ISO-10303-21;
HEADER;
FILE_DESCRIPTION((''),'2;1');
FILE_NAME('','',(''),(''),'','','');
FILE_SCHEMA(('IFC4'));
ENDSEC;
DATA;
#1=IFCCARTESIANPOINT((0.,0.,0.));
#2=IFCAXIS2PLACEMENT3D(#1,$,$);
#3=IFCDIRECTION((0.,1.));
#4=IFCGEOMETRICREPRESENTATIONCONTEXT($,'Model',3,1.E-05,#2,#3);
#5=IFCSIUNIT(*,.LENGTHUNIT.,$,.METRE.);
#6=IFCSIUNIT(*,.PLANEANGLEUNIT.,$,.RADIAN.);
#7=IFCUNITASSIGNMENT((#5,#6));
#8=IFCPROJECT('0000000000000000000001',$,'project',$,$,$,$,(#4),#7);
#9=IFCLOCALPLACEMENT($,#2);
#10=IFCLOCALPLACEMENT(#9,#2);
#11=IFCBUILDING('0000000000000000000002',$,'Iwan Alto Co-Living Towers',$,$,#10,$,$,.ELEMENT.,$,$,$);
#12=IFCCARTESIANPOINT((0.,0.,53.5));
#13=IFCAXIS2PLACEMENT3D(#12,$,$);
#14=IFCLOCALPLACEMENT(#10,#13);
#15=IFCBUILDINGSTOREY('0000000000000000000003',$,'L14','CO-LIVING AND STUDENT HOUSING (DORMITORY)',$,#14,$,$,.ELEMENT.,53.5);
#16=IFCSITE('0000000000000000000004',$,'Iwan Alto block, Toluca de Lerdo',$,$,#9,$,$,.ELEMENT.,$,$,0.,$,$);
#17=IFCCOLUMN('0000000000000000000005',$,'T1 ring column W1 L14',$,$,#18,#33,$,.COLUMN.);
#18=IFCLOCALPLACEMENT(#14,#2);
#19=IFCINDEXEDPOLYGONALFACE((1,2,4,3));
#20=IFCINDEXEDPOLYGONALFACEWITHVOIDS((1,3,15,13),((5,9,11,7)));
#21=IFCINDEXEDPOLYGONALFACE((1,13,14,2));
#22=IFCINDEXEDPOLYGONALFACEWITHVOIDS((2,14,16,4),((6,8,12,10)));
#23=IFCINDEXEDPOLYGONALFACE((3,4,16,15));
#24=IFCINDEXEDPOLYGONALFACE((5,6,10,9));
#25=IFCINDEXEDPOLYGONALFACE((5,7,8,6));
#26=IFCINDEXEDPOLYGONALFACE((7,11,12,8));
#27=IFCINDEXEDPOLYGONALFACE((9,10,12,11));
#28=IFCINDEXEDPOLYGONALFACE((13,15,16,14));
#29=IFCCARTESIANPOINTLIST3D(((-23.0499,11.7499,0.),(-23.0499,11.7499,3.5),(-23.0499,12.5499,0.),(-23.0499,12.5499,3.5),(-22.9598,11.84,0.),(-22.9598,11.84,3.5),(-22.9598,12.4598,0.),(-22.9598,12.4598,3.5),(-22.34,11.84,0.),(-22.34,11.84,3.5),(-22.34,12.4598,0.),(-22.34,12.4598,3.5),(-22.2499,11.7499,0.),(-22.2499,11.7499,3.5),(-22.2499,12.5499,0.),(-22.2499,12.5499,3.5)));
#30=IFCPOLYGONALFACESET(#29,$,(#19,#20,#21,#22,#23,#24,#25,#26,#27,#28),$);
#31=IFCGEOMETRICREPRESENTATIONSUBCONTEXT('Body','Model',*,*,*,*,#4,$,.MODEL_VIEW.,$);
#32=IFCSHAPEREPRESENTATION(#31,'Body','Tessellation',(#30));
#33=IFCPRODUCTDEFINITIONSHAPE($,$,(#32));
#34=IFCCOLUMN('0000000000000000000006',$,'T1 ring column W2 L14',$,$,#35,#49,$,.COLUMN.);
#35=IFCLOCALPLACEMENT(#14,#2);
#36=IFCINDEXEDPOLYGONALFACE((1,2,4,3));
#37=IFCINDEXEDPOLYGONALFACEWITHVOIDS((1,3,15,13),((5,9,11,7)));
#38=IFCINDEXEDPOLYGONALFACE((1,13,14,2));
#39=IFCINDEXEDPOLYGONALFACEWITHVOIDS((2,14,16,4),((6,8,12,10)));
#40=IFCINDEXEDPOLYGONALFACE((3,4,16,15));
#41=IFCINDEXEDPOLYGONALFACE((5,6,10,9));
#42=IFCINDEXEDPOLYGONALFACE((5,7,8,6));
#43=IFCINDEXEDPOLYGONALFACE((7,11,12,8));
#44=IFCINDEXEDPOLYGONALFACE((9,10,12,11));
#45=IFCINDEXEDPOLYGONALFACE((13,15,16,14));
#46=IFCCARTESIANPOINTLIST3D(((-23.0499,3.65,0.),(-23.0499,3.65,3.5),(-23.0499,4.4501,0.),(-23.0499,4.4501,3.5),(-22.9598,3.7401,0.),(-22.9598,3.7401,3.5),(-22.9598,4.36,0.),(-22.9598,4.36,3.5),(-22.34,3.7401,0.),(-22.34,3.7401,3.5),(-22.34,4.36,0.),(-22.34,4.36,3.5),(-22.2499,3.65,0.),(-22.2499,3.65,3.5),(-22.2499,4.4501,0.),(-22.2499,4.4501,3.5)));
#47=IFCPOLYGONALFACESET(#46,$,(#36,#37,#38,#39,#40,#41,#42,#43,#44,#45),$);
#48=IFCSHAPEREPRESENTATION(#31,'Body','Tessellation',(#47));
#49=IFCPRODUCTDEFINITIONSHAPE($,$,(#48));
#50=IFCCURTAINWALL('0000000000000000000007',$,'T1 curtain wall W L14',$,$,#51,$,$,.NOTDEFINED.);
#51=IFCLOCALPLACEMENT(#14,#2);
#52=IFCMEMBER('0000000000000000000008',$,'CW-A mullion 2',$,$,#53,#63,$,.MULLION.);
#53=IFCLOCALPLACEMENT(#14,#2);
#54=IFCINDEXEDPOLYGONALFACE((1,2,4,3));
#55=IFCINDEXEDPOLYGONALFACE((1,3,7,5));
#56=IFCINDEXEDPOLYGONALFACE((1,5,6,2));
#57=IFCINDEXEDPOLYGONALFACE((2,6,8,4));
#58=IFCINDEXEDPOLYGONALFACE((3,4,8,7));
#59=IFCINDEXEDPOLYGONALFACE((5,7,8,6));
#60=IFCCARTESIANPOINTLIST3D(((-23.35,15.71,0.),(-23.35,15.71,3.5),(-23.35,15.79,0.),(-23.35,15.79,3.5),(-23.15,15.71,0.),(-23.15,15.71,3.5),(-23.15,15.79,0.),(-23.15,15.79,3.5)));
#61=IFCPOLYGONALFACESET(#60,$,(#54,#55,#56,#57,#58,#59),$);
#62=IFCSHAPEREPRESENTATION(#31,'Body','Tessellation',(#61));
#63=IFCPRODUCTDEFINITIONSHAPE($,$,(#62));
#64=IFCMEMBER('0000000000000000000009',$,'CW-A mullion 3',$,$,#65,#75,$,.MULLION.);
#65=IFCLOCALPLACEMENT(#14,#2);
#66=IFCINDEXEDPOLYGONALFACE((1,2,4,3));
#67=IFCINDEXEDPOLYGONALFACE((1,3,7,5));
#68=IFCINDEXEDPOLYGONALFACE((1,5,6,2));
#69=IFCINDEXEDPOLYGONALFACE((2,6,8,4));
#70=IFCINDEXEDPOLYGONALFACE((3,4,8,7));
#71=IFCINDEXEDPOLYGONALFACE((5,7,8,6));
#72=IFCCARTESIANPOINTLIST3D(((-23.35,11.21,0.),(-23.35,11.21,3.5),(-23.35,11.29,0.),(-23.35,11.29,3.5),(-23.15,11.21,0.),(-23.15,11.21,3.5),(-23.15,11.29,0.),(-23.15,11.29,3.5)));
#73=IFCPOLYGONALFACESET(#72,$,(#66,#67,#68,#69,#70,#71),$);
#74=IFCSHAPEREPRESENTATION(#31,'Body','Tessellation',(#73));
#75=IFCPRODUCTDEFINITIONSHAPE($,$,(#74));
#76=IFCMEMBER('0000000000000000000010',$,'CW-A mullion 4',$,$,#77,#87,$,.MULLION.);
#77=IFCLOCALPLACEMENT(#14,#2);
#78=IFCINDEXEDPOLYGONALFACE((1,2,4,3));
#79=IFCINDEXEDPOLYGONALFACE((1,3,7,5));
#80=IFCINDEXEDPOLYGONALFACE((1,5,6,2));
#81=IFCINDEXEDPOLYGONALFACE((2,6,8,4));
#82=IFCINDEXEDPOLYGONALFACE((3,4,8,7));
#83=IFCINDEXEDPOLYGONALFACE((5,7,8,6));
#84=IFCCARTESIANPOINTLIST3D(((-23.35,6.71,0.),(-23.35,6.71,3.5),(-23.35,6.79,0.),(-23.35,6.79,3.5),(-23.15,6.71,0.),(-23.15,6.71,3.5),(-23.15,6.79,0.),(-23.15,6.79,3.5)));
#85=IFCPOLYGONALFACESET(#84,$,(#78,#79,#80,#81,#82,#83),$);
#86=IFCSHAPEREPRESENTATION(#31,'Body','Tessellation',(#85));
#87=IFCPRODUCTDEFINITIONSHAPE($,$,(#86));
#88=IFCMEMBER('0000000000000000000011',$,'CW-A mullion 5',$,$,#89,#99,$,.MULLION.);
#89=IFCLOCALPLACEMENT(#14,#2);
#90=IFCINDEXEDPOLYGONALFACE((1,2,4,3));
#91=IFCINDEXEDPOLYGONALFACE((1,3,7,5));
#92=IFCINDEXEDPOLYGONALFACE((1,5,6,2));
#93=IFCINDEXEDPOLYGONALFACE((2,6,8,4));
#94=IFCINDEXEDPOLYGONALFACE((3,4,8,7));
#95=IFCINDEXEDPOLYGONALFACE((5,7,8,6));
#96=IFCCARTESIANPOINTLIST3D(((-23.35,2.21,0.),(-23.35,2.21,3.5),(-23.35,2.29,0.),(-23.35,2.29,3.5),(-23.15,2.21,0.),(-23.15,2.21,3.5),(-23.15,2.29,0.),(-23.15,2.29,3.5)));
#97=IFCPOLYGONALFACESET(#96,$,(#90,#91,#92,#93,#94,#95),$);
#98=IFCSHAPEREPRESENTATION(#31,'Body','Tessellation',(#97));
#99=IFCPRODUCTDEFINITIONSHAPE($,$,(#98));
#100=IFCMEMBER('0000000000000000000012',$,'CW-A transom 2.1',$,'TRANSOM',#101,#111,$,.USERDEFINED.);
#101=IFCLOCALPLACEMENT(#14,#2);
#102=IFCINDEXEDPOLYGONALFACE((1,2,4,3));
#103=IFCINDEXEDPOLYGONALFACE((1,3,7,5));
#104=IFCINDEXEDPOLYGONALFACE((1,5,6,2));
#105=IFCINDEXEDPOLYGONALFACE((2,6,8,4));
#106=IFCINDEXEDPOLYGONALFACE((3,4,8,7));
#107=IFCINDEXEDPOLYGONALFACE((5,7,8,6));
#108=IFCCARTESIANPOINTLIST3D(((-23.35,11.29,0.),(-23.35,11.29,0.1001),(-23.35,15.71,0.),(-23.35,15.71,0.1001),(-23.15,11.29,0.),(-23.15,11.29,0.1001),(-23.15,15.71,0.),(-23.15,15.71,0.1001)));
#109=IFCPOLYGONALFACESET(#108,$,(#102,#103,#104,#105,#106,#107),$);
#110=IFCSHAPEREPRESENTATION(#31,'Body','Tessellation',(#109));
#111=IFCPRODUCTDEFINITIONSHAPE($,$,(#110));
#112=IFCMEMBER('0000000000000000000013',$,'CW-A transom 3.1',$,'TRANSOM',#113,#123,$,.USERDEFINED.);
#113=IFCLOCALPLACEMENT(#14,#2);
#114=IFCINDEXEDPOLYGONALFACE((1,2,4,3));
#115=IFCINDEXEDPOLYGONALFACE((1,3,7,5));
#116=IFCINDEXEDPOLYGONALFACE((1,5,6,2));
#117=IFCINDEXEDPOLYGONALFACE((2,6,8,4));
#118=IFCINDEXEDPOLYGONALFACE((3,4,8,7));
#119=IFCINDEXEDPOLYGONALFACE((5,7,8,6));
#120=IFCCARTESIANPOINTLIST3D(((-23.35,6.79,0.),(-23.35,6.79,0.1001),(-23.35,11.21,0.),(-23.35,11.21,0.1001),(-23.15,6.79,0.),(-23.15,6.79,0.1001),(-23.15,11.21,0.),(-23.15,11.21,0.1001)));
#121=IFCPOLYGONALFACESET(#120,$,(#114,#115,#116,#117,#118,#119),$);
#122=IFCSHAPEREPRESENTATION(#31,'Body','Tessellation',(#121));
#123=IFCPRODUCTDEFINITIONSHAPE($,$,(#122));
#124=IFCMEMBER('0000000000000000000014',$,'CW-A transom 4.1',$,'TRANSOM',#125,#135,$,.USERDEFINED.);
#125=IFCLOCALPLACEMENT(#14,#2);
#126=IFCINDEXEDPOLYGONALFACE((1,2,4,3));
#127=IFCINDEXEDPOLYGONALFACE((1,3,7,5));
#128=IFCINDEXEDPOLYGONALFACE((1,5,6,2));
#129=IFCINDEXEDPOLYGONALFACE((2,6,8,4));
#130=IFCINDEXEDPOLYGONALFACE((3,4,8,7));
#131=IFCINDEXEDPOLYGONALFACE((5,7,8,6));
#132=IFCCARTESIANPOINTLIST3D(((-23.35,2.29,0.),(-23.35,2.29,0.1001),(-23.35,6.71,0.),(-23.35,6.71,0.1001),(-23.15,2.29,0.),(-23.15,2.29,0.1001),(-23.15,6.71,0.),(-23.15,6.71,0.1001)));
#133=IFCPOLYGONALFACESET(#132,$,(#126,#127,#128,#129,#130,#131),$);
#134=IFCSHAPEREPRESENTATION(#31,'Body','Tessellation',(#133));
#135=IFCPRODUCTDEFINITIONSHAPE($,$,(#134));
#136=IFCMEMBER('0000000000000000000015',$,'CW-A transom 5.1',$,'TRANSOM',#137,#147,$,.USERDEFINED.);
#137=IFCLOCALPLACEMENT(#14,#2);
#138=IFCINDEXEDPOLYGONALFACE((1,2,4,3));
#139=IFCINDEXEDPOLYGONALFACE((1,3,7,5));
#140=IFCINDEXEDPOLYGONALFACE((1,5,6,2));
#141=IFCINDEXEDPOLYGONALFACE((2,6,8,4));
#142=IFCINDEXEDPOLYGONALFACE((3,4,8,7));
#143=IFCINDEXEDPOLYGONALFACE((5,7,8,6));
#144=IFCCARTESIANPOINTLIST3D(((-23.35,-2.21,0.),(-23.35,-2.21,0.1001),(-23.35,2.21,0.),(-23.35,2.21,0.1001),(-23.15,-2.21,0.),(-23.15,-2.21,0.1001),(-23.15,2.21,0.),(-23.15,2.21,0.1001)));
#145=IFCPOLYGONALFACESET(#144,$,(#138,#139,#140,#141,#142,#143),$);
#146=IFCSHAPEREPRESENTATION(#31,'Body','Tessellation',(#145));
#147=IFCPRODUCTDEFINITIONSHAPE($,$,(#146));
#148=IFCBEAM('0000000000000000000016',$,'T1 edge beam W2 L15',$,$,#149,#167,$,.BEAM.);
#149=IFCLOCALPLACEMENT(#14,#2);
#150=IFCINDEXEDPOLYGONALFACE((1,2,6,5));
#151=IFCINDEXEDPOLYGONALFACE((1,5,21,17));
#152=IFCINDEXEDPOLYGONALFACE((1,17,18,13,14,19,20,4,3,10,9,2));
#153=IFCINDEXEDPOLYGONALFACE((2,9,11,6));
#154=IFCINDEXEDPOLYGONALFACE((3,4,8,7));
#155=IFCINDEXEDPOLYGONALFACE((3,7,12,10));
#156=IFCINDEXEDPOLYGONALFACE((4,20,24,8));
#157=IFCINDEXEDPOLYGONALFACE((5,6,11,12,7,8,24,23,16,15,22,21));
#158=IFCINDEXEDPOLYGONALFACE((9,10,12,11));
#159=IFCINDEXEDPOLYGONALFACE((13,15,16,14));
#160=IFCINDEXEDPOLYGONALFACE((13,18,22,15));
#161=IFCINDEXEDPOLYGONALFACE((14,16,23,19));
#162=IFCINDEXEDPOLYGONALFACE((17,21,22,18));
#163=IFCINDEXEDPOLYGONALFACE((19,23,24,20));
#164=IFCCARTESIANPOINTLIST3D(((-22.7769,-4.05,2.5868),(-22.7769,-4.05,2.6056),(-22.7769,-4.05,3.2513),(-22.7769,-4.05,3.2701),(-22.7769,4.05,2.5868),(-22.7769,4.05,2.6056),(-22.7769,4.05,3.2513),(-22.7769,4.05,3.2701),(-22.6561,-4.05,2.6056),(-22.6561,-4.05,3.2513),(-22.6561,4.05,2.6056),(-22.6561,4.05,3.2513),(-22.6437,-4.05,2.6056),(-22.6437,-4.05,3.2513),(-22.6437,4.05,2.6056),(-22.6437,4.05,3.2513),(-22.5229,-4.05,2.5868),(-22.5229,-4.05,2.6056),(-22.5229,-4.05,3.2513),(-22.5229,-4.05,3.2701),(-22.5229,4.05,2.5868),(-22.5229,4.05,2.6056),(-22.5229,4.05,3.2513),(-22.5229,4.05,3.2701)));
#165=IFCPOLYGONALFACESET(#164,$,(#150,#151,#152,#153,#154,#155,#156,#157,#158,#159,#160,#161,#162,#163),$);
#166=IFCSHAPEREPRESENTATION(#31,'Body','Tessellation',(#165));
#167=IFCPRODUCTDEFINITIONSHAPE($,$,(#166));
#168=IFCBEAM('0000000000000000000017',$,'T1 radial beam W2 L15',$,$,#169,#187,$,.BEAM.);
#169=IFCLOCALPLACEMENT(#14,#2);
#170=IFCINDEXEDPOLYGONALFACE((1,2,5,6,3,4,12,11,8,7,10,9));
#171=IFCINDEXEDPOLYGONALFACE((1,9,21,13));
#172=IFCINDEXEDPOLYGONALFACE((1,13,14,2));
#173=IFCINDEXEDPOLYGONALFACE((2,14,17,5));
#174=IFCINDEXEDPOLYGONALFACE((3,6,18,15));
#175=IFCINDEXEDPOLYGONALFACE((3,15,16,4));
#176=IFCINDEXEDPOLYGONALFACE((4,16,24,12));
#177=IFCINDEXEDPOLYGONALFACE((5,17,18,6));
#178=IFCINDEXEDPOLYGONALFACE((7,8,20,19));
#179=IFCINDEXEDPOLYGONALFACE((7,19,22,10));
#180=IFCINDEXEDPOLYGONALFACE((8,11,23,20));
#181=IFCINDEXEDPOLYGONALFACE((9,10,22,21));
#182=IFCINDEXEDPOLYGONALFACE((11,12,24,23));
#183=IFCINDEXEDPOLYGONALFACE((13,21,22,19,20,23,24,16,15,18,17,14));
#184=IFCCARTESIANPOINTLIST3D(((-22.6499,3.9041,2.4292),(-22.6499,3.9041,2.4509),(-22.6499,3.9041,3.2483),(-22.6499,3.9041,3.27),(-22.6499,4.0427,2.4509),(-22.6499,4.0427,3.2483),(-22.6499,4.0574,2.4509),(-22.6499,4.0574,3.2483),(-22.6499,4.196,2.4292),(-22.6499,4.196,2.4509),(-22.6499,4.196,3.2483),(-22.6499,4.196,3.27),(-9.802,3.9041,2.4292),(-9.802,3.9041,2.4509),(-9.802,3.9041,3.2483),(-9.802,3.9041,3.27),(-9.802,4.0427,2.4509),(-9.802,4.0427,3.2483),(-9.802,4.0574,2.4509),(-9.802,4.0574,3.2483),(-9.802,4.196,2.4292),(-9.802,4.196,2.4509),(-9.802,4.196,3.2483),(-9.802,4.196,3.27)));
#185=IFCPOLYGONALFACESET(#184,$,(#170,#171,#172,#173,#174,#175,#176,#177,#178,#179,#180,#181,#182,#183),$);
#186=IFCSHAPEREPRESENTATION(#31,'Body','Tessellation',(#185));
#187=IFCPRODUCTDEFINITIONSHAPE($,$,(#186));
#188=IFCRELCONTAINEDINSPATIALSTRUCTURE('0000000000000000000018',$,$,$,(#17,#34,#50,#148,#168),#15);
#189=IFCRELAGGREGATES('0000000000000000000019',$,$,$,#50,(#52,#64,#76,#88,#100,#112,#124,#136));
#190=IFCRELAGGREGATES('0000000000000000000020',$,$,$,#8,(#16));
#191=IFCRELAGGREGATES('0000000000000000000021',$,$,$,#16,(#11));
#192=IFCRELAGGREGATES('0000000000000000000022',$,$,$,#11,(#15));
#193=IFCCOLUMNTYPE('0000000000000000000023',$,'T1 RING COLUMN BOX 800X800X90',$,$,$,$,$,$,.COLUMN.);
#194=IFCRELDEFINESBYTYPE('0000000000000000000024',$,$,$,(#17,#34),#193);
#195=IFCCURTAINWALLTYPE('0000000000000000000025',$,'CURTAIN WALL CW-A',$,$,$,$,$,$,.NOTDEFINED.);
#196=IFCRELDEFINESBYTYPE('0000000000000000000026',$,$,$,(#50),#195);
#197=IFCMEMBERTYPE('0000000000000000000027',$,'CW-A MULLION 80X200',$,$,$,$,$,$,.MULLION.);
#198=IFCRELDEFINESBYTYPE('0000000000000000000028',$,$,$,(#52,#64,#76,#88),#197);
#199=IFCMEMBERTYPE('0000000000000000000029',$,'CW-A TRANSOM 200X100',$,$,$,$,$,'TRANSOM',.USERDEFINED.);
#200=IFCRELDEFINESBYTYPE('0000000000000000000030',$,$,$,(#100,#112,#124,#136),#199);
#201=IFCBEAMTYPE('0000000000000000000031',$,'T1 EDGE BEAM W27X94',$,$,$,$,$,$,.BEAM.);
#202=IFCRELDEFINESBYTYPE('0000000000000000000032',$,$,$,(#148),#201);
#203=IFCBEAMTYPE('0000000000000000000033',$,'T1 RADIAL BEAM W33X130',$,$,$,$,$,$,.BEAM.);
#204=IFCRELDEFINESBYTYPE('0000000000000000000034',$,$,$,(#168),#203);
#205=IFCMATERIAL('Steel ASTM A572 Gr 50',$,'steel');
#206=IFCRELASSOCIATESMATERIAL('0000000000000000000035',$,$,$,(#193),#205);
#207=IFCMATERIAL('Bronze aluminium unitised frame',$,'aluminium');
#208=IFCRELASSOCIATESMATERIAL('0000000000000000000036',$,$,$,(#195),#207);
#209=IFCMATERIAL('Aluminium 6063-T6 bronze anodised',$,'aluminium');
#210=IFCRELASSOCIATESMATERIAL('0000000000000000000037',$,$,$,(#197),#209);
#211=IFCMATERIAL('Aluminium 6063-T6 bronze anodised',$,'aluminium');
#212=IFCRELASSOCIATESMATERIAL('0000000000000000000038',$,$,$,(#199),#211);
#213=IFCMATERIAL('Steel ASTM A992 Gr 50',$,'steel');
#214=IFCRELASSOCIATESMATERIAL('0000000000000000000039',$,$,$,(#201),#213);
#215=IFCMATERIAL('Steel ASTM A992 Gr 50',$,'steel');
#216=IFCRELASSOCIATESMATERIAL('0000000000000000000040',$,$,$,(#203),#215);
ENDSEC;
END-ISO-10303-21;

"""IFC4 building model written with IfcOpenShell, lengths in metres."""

from ifc_helpers import new_model, si_unit, direction, frame, origin, origin_2d, place, context, subcontext, project, spatial, rectangle, hollow_rectangle, i_section, extrude, material, material_profile, profile_set, type_object, element, aggregate, save


model = new_model("IFC4")

# Units and contexts
model_context = context("Model", 3, precision=1e-05, world=origin(), true_north=direction((0.0, 1.0)))
body_context = subcontext(model_context, "Body", "Model", "MODEL_VIEW")
ifc_project = project(units=[si_unit("LENGTHUNIT", "METRE"), si_unit("PLANEANGLEUNIT", "RADIAN")], contexts=[model_context])

# Site, building, storey
site_placement = place(None, origin())
site = spatial("IfcSite", under=ifc_project, at=site_placement, Name="Iwan Alto block, Toluca de Lerdo", CompositionType="ELEMENT", RefElevation=0.0)
building_placement = place(site_placement, origin())
building = spatial("IfcBuilding", under=site, at=building_placement, Name="Iwan Alto Co-Living Towers", CompositionType="ELEMENT")
storey_placement = place(building_placement, frame((0.0, 0.0, 53.5)))
storey = spatial("IfcBuildingStorey", under=building, at=storey_placement, Name="L14", Description="CO-LIVING AND STUDENT HOUSING (DORMITORY)", CompositionType="ELEMENT", Elevation=53.5)

# Columns
ifc_material_1 = material(Name="Steel ASTM A572 Gr 50", Category="steel")
ifc_material_profile_1 = material_profile(ifc_material_1, hollow_rectangle(XDim=0.8, YDim=0.8, WallThickness=0.0901, at=origin_2d()), Name="BOX 800X800X90")
ifc_profile_set_1 = profile_set([ifc_material_profile_1], Name="Steel ASTM A572 Gr 50")
column_type = type_object("IfcColumnType", Name="T1 RING COLUMN BOX 800X800X90", PredefinedType="COLUMN", material=ifc_profile_set_1)
for number, where, z_axis, x_axis, name in (
    (1, (-22.6499, 12.1499, 0.0), (0.0, 0.0, 1.0), (1.0, 0.0, 0.0), "T1 ring column W1 L14"),
    (2, (-22.6499, 4.05, 0.0), (0.0, 0.0, 1.0), (1.0, 0.0, 0.0), "T1 ring column W2 L14"),
):
    element("IfcColumn", number, at=place(storey_placement, frame(where, z_axis=z_axis, x_axis=x_axis)), inside=storey, type_object=column_type, Name=name, PredefinedType="COLUMN", context=body_context, shape_type="SweptSolid", body=[
        extrude(hollow_rectangle(XDim=0.8, YDim=0.8, WallThickness=0.0901, at=origin_2d()), origin(), (0.0, 0.0, 1.0), 3.5),
    ])

# Curtain wall, members
ifc_material_2 = material(Name="Bronze aluminium unitised frame", Category="aluminium")
curtain_wall_type = type_object("IfcCurtainWallType", Name="CURTAIN WALL CW-A", PredefinedType="NOTDEFINED", material=ifc_material_2)
curtain_wall_placement = place(storey_placement, origin())
curtain_wall = element("IfcCurtainWall", 3, at=curtain_wall_placement, inside=storey, type_object=curtain_wall_type, Name="T1 curtain wall W L14", PredefinedType="NOTDEFINED")
ifc_material_3 = material(Name="Aluminium 6063-T6 bronze anodised", Category="aluminium")
ifc_material_profile_2 = material_profile(ifc_material_3, rectangle(XDim=0.2, YDim=0.0801, at=origin_2d()), Name="AL 80X200")
ifc_profile_set_2 = profile_set([ifc_material_profile_2], Name="Aluminium 6063-T6 bronze anodised")
member_type_1 = type_object("IfcMemberType", Name="CW-A MULLION 80X200", PredefinedType="MULLION", material=ifc_profile_set_2)
member_1_placement = place(storey_placement, frame((-23.25, 15.75, 0.0), z_axis=(0.0, 0.0, 1.0), x_axis=(1.0, 0.0, 0.0)))
member_1 = element("IfcMember", 4, at=member_1_placement, type_object=member_type_1, Name="CW-A mullion 2", PredefinedType="MULLION", context=body_context, shape_type="SweptSolid", body=[
    extrude(rectangle(XDim=0.2, YDim=0.0801, at=origin_2d()), origin(), (0.0, 0.0, 1.0), 3.5),
])
member_2_placement = place(storey_placement, frame((-23.25, 11.25, 0.0), z_axis=(0.0, 0.0, 1.0), x_axis=(1.0, 0.0, 0.0)))
member_2 = element("IfcMember", 5, at=member_2_placement, type_object=member_type_1, Name="CW-A mullion 3", PredefinedType="MULLION", context=body_context, shape_type="SweptSolid", body=[
    extrude(rectangle(XDim=0.2, YDim=0.0801, at=origin_2d()), origin(), (0.0, 0.0, 1.0), 3.5),
])
member_3_placement = place(storey_placement, frame((-23.25, 6.75, 0.0), z_axis=(0.0, 0.0, 1.0), x_axis=(1.0, 0.0, 0.0)))
member_3 = element("IfcMember", 6, at=member_3_placement, type_object=member_type_1, Name="CW-A mullion 4", PredefinedType="MULLION", context=body_context, shape_type="SweptSolid", body=[
    extrude(rectangle(XDim=0.2, YDim=0.0801, at=origin_2d()), origin(), (0.0, 0.0, 1.0), 3.5),
])
member_4_placement = place(storey_placement, frame((-23.25, 2.25, 0.0), z_axis=(0.0, 0.0, 1.0), x_axis=(1.0, 0.0, 0.0)))
member_4 = element("IfcMember", 7, at=member_4_placement, type_object=member_type_1, Name="CW-A mullion 5", PredefinedType="MULLION", context=body_context, shape_type="SweptSolid", body=[
    extrude(rectangle(XDim=0.2, YDim=0.0801, at=origin_2d()), origin(), (0.0, 0.0, 1.0), 3.5),
])
ifc_material_4 = material(Name="Aluminium 6063-T6 bronze anodised", Category="aluminium")
ifc_material_profile_3 = material_profile(ifc_material_4, rectangle(XDim=0.2, YDim=0.1001, at=origin_2d()), Name="AL 200X100")
ifc_profile_set_3 = profile_set([ifc_material_profile_3], Name="Aluminium 6063-T6 bronze anodised")
member_type_2 = type_object("IfcMemberType", Name="CW-A TRANSOM 200X100", ElementType="TRANSOM", PredefinedType="USERDEFINED", material=ifc_profile_set_3)
member_5_placement = place(storey_placement, frame((-23.25, 15.71, 0.05), z_axis=(0.0, -1.0, 0.0), x_axis=(1.0, 0.0, 0.0)))
member_5 = element("IfcMember", 8, at=member_5_placement, type_object=member_type_2, Name="CW-A transom 2.1", ObjectType="TRANSOM", PredefinedType="USERDEFINED", context=body_context, shape_type="SweptSolid", body=[
    extrude(rectangle(XDim=0.2, YDim=0.1001, at=origin_2d()), origin(), (0.0, 0.0, 1.0), 4.4199),
])
member_6_placement = place(storey_placement, frame((-23.25, 11.21, 0.05), z_axis=(0.0, -1.0, 0.0), x_axis=(1.0, 0.0, 0.0)))
member_6 = element("IfcMember", 9, at=member_6_placement, type_object=member_type_2, Name="CW-A transom 3.1", ObjectType="TRANSOM", PredefinedType="USERDEFINED", context=body_context, shape_type="SweptSolid", body=[
    extrude(rectangle(XDim=0.2, YDim=0.1001, at=origin_2d()), origin(), (0.0, 0.0, 1.0), 4.4199),
])
member_7_placement = place(storey_placement, frame((-23.25, 6.71, 0.05), z_axis=(0.0, -1.0, 0.0), x_axis=(1.0, 0.0, 0.0)))
member_7 = element("IfcMember", 10, at=member_7_placement, type_object=member_type_2, Name="CW-A transom 4.1", ObjectType="TRANSOM", PredefinedType="USERDEFINED", context=body_context, shape_type="SweptSolid", body=[
    extrude(rectangle(XDim=0.2, YDim=0.1001, at=origin_2d()), origin(), (0.0, 0.0, 1.0), 4.4199),
])
member_8_placement = place(storey_placement, frame((-23.25, 2.21, 0.05), z_axis=(0.0, -1.0, 0.0), x_axis=(1.0, 0.0, 0.0)))
member_8 = element("IfcMember", 11, at=member_8_placement, type_object=member_type_2, Name="CW-A transom 5.1", ObjectType="TRANSOM", PredefinedType="USERDEFINED", context=body_context, shape_type="SweptSolid", body=[
    extrude(rectangle(XDim=0.2, YDim=0.1001, at=origin_2d()), origin(), (0.0, 0.0, 1.0), 4.4199),
])

# Beams
ifc_material_5 = material(Name="Steel ASTM A992 Gr 50", Category="steel")
ifc_material_profile_4 = material_profile(ifc_material_5, i_section(OverallWidth=0.2539, OverallDepth=0.6833, WebThickness=0.0125, FlangeThickness=0.0188, at=origin_2d()), Name="W27X94")
ifc_profile_set_4 = profile_set([ifc_material_profile_4], Name="Steel ASTM A992 Gr 50")
beam_type_1 = type_object("IfcBeamType", Name="T1 EDGE BEAM W27X94", PredefinedType="BEAM", material=ifc_profile_set_4)
beam_1_placement = place(storey_placement, frame((-22.6499, 4.05, 2.9285), z_axis=(0.0, -1.0, 0.0), x_axis=(1.0, 0.0, 0.0)))
element("IfcBeam", 12, at=beam_1_placement, inside=storey, type_object=beam_type_1, Name="T1 edge beam W2 L15", PredefinedType="BEAM", context=body_context, shape_type="SweptSolid", body=[
    extrude(i_section(OverallWidth=0.2539, OverallDepth=0.6833, WebThickness=0.0125, FlangeThickness=0.0188, at=origin_2d()), origin(), (0.0, 0.0, 1.0), 8.1001),
])
ifc_material_6 = material(Name="Steel ASTM A992 Gr 50", Category="steel")
ifc_material_profile_5 = material_profile(ifc_material_6, i_section(OverallWidth=0.292, OverallDepth=0.8408, WebThickness=0.0146, FlangeThickness=0.0217, at=origin_2d()), Name="W33X130")
ifc_profile_set_5 = profile_set([ifc_material_profile_5], Name="Steel ASTM A992 Gr 50")
beam_type_2 = type_object("IfcBeamType", Name="T1 RADIAL BEAM W33X130", PredefinedType="BEAM", material=ifc_profile_set_5)
beam_2_placement = place(storey_placement, frame((-22.6499, 4.05, 2.8496), z_axis=(1.0, 0.0, 0.0), x_axis=(0.0, 1.0, 0.0)))
element("IfcBeam", 13, at=beam_2_placement, inside=storey, type_object=beam_type_2, Name="T1 radial beam W2 L15", PredefinedType="BEAM", context=body_context, shape_type="SweptSolid", body=[
    extrude(i_section(OverallWidth=0.292, OverallDepth=0.8408, WebThickness=0.0146, FlangeThickness=0.0217, at=origin_2d()), origin(), (0.0, 0.0, 1.0), 12.8479),
])

aggregate(curtain_wall, [member_1, member_2, member_3, member_4, member_5, member_6, member_7, member_8])

save(model, "model.ifc")
